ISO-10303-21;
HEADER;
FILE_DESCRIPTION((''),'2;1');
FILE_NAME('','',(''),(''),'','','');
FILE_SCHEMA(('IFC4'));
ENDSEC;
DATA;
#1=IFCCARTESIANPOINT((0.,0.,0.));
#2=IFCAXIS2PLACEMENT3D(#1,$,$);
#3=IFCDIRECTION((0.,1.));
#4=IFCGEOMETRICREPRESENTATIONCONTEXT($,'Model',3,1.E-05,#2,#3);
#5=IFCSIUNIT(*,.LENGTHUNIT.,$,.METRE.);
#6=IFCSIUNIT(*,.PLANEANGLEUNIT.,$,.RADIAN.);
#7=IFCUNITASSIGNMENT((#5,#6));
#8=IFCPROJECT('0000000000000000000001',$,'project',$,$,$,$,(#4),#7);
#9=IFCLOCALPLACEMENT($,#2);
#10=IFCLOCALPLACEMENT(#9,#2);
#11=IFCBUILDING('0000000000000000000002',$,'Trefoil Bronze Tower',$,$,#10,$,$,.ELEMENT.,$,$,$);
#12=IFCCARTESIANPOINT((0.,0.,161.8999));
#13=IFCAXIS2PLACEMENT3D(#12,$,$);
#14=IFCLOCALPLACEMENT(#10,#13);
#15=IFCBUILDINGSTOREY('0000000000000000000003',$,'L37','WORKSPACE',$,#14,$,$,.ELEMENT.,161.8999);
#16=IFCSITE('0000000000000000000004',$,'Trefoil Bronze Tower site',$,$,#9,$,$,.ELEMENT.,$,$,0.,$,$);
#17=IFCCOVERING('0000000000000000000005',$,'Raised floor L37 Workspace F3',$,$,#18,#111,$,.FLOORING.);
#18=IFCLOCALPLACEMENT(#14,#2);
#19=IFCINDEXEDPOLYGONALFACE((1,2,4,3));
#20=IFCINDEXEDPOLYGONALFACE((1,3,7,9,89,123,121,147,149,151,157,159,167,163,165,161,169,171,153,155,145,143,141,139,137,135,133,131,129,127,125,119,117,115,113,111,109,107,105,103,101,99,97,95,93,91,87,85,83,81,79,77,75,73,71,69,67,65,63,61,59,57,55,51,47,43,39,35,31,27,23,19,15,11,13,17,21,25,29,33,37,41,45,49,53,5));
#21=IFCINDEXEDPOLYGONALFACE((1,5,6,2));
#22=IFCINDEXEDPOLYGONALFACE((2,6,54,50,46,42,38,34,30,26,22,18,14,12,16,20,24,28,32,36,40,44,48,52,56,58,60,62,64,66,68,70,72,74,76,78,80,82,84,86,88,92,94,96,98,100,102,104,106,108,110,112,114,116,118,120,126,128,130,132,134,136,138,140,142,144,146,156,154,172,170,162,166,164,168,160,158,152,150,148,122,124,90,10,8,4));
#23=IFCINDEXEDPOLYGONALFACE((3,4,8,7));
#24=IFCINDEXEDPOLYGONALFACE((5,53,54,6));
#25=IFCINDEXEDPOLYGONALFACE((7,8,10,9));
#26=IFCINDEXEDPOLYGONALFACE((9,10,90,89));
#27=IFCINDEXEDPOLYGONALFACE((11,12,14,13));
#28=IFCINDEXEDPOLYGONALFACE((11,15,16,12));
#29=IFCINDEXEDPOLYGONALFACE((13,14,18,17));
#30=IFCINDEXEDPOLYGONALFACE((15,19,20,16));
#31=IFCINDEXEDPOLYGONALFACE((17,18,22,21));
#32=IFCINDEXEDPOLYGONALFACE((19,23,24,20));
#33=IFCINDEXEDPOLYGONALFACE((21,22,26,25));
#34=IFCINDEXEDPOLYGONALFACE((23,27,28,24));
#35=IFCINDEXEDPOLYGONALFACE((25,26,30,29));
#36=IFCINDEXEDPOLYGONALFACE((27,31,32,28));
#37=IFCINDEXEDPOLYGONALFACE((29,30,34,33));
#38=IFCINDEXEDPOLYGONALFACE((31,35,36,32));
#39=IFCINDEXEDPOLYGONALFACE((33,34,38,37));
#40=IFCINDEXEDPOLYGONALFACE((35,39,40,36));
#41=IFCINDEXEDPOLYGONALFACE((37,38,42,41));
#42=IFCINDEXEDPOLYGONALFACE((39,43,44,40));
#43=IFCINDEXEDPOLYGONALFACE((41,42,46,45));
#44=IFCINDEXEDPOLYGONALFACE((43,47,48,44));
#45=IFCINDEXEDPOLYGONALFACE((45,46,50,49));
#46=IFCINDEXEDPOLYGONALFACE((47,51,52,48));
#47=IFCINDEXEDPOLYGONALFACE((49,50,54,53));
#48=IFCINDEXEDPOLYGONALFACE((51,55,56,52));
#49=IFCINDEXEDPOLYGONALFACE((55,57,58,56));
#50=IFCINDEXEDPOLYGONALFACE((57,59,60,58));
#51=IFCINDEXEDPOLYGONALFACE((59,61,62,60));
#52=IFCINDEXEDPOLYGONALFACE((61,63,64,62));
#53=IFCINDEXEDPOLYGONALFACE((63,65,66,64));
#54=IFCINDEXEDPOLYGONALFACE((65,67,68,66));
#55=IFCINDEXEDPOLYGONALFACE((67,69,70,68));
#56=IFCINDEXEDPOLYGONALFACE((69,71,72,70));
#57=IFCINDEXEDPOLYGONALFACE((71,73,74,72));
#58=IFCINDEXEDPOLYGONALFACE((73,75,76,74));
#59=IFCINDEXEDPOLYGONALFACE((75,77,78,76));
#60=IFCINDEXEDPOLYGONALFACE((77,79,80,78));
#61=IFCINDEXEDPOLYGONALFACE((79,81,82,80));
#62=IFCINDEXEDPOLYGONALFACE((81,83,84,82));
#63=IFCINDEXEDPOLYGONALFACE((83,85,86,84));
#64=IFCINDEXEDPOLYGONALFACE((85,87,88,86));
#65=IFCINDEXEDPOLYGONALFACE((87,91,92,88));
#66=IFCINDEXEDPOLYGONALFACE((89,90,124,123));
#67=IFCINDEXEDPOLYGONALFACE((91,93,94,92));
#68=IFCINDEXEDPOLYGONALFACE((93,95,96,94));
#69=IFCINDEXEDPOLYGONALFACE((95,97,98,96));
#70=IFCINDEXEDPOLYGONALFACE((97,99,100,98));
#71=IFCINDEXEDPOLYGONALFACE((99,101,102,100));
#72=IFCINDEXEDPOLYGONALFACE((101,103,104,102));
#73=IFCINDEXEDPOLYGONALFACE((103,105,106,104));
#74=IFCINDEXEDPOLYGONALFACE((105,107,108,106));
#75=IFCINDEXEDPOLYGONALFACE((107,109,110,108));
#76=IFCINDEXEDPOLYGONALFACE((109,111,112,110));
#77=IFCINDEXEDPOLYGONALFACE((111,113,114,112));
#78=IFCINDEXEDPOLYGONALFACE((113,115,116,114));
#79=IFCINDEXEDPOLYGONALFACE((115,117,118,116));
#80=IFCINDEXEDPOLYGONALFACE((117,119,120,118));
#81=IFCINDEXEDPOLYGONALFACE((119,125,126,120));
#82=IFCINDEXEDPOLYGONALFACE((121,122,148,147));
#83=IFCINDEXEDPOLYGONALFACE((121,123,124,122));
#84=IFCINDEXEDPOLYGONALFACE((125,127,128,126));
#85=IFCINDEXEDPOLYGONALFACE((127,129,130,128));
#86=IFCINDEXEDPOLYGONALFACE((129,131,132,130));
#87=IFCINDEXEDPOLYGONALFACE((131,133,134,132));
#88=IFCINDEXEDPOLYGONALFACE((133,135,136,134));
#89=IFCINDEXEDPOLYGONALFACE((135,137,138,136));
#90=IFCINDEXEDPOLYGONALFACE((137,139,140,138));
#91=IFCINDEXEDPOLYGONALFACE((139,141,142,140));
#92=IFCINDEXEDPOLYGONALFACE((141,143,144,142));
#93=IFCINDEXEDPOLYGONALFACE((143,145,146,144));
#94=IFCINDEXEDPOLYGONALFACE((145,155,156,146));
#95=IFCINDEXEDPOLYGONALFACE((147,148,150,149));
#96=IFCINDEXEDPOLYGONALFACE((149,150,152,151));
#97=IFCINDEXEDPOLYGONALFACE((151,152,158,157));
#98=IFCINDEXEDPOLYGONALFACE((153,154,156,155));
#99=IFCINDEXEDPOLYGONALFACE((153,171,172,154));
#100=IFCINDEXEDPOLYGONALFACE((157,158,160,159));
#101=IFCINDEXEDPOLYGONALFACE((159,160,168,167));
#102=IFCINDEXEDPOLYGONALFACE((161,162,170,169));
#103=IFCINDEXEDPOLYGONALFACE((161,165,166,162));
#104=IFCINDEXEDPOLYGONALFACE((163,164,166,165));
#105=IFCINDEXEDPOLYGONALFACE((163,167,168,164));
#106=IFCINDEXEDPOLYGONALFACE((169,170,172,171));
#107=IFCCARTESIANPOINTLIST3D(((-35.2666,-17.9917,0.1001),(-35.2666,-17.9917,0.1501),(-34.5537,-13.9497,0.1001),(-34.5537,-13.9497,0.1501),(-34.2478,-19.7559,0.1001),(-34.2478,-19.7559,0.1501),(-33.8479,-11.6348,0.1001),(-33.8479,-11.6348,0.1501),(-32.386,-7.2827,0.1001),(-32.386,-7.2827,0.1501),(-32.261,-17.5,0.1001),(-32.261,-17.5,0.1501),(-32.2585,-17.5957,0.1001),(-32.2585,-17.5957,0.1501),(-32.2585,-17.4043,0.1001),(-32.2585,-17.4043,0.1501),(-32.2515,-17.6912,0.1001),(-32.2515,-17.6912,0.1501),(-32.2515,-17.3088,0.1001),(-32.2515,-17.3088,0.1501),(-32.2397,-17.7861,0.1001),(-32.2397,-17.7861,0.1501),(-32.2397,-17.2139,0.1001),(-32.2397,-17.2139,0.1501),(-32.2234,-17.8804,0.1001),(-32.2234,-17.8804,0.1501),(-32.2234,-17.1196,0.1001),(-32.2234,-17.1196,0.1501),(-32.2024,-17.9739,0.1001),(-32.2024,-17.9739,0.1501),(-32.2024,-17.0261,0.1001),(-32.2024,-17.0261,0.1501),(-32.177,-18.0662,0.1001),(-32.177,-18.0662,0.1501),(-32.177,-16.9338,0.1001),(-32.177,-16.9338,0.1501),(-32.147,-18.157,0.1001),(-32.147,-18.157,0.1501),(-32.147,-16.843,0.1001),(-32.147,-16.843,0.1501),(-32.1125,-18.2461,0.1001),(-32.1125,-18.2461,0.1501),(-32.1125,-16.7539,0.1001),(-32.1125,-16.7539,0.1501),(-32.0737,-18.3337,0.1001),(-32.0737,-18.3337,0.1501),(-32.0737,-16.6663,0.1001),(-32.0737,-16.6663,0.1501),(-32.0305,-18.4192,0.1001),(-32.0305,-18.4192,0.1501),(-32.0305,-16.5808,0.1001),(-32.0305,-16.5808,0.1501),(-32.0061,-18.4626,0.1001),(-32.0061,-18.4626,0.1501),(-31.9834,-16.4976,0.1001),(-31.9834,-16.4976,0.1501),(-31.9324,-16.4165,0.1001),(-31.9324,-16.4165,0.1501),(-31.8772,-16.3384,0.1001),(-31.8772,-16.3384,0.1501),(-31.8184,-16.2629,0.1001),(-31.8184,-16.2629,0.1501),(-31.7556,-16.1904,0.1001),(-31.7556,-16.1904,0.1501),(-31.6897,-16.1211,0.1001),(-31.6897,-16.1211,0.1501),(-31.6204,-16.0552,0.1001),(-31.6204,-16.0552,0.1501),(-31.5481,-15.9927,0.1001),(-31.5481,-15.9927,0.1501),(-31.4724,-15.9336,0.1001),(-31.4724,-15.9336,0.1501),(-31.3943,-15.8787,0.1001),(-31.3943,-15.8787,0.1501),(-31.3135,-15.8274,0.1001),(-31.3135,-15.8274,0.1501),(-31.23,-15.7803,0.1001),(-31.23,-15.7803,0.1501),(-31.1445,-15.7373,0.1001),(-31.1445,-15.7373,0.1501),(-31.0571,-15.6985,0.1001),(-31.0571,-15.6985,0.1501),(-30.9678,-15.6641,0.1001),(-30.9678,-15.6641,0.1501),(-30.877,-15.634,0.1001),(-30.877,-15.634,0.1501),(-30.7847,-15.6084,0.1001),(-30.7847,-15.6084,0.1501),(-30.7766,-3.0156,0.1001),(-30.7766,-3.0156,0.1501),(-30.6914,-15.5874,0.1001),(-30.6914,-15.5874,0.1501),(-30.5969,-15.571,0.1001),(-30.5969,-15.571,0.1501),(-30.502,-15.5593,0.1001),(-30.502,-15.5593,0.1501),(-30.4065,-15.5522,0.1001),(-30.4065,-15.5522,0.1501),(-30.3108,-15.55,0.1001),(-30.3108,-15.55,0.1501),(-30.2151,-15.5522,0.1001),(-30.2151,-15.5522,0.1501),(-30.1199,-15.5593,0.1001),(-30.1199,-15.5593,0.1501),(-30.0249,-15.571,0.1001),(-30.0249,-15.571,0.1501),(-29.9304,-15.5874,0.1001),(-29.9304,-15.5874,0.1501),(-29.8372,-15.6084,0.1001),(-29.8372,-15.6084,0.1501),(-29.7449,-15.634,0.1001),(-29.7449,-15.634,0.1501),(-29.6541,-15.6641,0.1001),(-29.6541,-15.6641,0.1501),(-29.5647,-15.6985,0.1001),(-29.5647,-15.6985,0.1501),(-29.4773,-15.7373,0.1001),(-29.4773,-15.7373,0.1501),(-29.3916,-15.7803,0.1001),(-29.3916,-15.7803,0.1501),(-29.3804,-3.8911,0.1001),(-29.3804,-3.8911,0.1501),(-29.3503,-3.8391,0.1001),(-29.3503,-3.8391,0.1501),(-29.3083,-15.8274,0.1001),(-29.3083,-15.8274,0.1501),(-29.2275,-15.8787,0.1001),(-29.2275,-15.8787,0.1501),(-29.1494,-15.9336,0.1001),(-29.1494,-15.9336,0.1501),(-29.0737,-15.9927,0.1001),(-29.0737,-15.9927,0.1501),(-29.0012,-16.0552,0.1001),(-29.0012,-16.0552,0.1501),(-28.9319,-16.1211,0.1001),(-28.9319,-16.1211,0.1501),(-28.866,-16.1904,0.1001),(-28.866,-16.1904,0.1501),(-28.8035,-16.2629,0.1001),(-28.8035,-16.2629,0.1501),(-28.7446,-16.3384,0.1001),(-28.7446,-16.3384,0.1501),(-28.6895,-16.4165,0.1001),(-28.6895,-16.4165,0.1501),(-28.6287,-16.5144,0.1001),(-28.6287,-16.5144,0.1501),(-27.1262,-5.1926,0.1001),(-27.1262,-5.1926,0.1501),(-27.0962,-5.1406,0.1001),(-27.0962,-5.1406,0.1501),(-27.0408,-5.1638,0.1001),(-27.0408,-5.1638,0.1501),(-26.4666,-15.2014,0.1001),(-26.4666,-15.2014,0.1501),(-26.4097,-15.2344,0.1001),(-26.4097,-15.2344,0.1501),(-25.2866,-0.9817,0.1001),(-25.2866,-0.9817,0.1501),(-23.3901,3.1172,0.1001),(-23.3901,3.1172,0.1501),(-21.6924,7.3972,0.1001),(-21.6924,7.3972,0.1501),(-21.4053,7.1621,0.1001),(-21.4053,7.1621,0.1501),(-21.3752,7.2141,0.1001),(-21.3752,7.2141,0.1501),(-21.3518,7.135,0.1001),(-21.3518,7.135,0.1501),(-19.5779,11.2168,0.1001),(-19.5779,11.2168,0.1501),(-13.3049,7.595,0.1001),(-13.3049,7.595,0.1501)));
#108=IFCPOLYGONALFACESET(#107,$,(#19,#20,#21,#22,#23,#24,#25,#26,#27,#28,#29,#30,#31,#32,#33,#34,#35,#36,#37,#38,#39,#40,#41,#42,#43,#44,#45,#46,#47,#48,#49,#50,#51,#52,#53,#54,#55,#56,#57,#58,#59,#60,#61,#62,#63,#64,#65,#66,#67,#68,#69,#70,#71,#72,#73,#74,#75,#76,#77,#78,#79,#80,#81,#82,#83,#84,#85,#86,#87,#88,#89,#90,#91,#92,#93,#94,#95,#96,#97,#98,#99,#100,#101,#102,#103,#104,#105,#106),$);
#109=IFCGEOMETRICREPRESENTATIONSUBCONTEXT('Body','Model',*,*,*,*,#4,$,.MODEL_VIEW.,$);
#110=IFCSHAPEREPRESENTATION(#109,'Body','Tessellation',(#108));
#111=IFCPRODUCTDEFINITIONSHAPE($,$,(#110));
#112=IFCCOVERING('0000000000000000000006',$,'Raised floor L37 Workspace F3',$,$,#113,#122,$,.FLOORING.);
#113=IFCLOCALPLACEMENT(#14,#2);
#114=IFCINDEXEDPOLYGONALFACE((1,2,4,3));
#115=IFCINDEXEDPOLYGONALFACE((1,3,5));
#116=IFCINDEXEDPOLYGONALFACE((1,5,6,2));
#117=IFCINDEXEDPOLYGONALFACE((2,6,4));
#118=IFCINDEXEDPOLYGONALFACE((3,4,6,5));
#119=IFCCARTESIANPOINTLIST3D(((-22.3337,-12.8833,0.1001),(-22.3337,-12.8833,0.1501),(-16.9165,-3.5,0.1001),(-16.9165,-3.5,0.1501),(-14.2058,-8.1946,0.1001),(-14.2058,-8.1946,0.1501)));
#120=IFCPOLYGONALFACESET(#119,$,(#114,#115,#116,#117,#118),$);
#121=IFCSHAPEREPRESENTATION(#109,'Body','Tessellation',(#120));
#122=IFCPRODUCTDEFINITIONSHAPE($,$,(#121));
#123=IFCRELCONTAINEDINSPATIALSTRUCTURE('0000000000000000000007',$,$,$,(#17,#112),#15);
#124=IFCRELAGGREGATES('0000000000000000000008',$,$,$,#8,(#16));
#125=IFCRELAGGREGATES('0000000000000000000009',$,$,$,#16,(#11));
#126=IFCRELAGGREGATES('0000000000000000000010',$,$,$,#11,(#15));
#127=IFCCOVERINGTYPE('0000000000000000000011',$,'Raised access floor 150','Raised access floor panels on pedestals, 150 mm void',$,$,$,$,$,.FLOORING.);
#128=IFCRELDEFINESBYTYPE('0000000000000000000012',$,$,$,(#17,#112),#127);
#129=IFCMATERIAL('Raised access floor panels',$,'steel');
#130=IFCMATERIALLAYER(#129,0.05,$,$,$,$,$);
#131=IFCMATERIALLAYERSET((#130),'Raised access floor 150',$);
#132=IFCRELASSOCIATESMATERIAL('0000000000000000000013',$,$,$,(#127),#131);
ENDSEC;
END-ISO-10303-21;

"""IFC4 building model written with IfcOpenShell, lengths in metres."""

from ifc_helpers import new_model, si_unit, direction, frame, origin, place, context, subcontext, project, spatial, polyline, outline, extrude, material, layer, layer_set, type_object, element, save


model = new_model("IFC4")

# Units and contexts
model_context = context("Model", 3, precision=1e-05, world=origin(), true_north=direction((0.0, 1.0)))
body_context = subcontext(model_context, "Body", "Model", "MODEL_VIEW")
ifc_project = project(units=[si_unit("LENGTHUNIT", "METRE"), si_unit("PLANEANGLEUNIT", "RADIAN")], contexts=[model_context])

# Site, building, storey
site_placement = place(None, origin())
site = spatial("IfcSite", under=ifc_project, at=site_placement, Name="Trefoil Bronze Tower site", CompositionType="ELEMENT", RefElevation=0.0)
building_placement = place(site_placement, origin())
building = spatial("IfcBuilding", under=site, at=building_placement, Name="Trefoil Bronze Tower", CompositionType="ELEMENT")
storey_placement = place(building_placement, frame((0.0, 0.0, 161.8999)))
storey = spatial("IfcBuildingStorey", under=building, at=storey_placement, Name="L37", Description="WORKSPACE", CompositionType="ELEMENT", Elevation=161.8999)

# Coverings
ifc_material_1 = material(Name="Raised access floor panels", Category="steel")
ifc_layer_1 = layer(ifc_material_1, 0.05)
ifc_layer_set_1 = layer_set([ifc_layer_1], Name="Raised access floor 150")
covering_type_1 = type_object("IfcCoveringType", Name="Raised access floor 150", Description="Raised access floor panels on pedestals, 150 mm void", PredefinedType="FLOORING", material=ifc_layer_set_1)
covering_1_placement = place(storey_placement, frame((0.0, 0.0, 0.1001)))
element("IfcCovering", 1, at=covering_1_placement, inside=storey, type_object=covering_type_1, Name="Raised floor L37 Workspace F3", PredefinedType="FLOORING", context=body_context, shape_type="SweptSolid", body=[
    extrude(outline(polyline([(-35.2666, -17.9917), (-34.5537, -13.9497), (-33.8479, -11.6348), (-32.386, -7.2827), (-30.7766, -3.0156), (-29.3503, -3.8391), (-29.3804, -3.8911), (-27.1262, -5.1926), (-27.0962, -5.1406), (-27.0408, -5.1638), (-25.2866, -0.9817), (-23.3901, 3.1172), (-21.3518, 7.135), (-21.4053, 7.1621), (-21.3752, 7.2141), (-21.6924, 7.3972), (-19.5779, 11.2168), (-13.3049, 7.595), (-26.4666, -15.2014), (-26.4097, -15.2344), (-28.6287, -16.5144), (-28.6895, -16.4165), (-28.7446, -16.3384), (-28.8035, -16.2629), (-28.866, -16.1904), (-28.9319, -16.1211), (-29.0012, -16.0552), (-29.0737, -15.9927), (-29.1494, -15.9336), (-29.2275, -15.8787), (-29.3083, -15.8274), (-29.3916, -15.7803), (-29.4773, -15.7373), (-29.5647, -15.6985), (-29.6541, -15.6641), (-29.7449, -15.634), (-29.8372, -15.6084), (-29.9304, -15.5874), (-30.0249, -15.571), (-30.1199, -15.5593), (-30.2151, -15.5522), (-30.3108, -15.55), (-30.4065, -15.5522), (-30.502, -15.5593), (-30.5969, -15.571), (-30.6914, -15.5874), (-30.7847, -15.6084), (-30.877, -15.634), (-30.9678, -15.6641), (-31.0571, -15.6985), (-31.1445, -15.7373), (-31.23, -15.7803), (-31.3135, -15.8274), (-31.3943, -15.8787), (-31.4724, -15.9336), (-31.5481, -15.9927), (-31.6204, -16.0552), (-31.6897, -16.1211), (-31.7556, -16.1904), (-31.8184, -16.2629), (-31.8772, -16.3384), (-31.9324, -16.4165), (-31.9834, -16.4976), (-32.0305, -16.5808), (-32.0737, -16.6663), (-32.1125, -16.7539), (-32.147, -16.843), (-32.177, -16.9338), (-32.2024, -17.0261), (-32.2234, -17.1196), (-32.2397, -17.2139), (-32.2515, -17.3088), (-32.2585, -17.4043), (-32.261, -17.5), (-32.2585, -17.5957), (-32.2515, -17.6912), (-32.2397, -17.7861), (-32.2234, -17.8804), (-32.2024, -17.9739), (-32.177, -18.0662), (-32.147, -18.157), (-32.1125, -18.2461), (-32.0737, -18.3337), (-32.0305, -18.4192), (-32.0061, -18.4626), (-34.2478, -19.7559), (-35.2666, -17.9917)])), origin(), (0.0, 0.0, 1.0), 0.05),
])
covering_2_placement = place(storey_placement, frame((0.0, 0.0, 0.1001)))
element("IfcCovering", 2, at=covering_2_placement, inside=storey, type_object=covering_type_1, Name="Raised floor L37 Workspace F3", PredefinedType="FLOORING", context=body_context, shape_type="SweptSolid", body=[
    extrude(outline(polyline([(-14.2058, -8.1946), (-22.3337, -12.8833), (-16.9165, -3.5), (-14.2058, -8.1946)])), origin(), (0.0, 0.0, 1.0), 0.05),
])

save(model, "model.ifc")
